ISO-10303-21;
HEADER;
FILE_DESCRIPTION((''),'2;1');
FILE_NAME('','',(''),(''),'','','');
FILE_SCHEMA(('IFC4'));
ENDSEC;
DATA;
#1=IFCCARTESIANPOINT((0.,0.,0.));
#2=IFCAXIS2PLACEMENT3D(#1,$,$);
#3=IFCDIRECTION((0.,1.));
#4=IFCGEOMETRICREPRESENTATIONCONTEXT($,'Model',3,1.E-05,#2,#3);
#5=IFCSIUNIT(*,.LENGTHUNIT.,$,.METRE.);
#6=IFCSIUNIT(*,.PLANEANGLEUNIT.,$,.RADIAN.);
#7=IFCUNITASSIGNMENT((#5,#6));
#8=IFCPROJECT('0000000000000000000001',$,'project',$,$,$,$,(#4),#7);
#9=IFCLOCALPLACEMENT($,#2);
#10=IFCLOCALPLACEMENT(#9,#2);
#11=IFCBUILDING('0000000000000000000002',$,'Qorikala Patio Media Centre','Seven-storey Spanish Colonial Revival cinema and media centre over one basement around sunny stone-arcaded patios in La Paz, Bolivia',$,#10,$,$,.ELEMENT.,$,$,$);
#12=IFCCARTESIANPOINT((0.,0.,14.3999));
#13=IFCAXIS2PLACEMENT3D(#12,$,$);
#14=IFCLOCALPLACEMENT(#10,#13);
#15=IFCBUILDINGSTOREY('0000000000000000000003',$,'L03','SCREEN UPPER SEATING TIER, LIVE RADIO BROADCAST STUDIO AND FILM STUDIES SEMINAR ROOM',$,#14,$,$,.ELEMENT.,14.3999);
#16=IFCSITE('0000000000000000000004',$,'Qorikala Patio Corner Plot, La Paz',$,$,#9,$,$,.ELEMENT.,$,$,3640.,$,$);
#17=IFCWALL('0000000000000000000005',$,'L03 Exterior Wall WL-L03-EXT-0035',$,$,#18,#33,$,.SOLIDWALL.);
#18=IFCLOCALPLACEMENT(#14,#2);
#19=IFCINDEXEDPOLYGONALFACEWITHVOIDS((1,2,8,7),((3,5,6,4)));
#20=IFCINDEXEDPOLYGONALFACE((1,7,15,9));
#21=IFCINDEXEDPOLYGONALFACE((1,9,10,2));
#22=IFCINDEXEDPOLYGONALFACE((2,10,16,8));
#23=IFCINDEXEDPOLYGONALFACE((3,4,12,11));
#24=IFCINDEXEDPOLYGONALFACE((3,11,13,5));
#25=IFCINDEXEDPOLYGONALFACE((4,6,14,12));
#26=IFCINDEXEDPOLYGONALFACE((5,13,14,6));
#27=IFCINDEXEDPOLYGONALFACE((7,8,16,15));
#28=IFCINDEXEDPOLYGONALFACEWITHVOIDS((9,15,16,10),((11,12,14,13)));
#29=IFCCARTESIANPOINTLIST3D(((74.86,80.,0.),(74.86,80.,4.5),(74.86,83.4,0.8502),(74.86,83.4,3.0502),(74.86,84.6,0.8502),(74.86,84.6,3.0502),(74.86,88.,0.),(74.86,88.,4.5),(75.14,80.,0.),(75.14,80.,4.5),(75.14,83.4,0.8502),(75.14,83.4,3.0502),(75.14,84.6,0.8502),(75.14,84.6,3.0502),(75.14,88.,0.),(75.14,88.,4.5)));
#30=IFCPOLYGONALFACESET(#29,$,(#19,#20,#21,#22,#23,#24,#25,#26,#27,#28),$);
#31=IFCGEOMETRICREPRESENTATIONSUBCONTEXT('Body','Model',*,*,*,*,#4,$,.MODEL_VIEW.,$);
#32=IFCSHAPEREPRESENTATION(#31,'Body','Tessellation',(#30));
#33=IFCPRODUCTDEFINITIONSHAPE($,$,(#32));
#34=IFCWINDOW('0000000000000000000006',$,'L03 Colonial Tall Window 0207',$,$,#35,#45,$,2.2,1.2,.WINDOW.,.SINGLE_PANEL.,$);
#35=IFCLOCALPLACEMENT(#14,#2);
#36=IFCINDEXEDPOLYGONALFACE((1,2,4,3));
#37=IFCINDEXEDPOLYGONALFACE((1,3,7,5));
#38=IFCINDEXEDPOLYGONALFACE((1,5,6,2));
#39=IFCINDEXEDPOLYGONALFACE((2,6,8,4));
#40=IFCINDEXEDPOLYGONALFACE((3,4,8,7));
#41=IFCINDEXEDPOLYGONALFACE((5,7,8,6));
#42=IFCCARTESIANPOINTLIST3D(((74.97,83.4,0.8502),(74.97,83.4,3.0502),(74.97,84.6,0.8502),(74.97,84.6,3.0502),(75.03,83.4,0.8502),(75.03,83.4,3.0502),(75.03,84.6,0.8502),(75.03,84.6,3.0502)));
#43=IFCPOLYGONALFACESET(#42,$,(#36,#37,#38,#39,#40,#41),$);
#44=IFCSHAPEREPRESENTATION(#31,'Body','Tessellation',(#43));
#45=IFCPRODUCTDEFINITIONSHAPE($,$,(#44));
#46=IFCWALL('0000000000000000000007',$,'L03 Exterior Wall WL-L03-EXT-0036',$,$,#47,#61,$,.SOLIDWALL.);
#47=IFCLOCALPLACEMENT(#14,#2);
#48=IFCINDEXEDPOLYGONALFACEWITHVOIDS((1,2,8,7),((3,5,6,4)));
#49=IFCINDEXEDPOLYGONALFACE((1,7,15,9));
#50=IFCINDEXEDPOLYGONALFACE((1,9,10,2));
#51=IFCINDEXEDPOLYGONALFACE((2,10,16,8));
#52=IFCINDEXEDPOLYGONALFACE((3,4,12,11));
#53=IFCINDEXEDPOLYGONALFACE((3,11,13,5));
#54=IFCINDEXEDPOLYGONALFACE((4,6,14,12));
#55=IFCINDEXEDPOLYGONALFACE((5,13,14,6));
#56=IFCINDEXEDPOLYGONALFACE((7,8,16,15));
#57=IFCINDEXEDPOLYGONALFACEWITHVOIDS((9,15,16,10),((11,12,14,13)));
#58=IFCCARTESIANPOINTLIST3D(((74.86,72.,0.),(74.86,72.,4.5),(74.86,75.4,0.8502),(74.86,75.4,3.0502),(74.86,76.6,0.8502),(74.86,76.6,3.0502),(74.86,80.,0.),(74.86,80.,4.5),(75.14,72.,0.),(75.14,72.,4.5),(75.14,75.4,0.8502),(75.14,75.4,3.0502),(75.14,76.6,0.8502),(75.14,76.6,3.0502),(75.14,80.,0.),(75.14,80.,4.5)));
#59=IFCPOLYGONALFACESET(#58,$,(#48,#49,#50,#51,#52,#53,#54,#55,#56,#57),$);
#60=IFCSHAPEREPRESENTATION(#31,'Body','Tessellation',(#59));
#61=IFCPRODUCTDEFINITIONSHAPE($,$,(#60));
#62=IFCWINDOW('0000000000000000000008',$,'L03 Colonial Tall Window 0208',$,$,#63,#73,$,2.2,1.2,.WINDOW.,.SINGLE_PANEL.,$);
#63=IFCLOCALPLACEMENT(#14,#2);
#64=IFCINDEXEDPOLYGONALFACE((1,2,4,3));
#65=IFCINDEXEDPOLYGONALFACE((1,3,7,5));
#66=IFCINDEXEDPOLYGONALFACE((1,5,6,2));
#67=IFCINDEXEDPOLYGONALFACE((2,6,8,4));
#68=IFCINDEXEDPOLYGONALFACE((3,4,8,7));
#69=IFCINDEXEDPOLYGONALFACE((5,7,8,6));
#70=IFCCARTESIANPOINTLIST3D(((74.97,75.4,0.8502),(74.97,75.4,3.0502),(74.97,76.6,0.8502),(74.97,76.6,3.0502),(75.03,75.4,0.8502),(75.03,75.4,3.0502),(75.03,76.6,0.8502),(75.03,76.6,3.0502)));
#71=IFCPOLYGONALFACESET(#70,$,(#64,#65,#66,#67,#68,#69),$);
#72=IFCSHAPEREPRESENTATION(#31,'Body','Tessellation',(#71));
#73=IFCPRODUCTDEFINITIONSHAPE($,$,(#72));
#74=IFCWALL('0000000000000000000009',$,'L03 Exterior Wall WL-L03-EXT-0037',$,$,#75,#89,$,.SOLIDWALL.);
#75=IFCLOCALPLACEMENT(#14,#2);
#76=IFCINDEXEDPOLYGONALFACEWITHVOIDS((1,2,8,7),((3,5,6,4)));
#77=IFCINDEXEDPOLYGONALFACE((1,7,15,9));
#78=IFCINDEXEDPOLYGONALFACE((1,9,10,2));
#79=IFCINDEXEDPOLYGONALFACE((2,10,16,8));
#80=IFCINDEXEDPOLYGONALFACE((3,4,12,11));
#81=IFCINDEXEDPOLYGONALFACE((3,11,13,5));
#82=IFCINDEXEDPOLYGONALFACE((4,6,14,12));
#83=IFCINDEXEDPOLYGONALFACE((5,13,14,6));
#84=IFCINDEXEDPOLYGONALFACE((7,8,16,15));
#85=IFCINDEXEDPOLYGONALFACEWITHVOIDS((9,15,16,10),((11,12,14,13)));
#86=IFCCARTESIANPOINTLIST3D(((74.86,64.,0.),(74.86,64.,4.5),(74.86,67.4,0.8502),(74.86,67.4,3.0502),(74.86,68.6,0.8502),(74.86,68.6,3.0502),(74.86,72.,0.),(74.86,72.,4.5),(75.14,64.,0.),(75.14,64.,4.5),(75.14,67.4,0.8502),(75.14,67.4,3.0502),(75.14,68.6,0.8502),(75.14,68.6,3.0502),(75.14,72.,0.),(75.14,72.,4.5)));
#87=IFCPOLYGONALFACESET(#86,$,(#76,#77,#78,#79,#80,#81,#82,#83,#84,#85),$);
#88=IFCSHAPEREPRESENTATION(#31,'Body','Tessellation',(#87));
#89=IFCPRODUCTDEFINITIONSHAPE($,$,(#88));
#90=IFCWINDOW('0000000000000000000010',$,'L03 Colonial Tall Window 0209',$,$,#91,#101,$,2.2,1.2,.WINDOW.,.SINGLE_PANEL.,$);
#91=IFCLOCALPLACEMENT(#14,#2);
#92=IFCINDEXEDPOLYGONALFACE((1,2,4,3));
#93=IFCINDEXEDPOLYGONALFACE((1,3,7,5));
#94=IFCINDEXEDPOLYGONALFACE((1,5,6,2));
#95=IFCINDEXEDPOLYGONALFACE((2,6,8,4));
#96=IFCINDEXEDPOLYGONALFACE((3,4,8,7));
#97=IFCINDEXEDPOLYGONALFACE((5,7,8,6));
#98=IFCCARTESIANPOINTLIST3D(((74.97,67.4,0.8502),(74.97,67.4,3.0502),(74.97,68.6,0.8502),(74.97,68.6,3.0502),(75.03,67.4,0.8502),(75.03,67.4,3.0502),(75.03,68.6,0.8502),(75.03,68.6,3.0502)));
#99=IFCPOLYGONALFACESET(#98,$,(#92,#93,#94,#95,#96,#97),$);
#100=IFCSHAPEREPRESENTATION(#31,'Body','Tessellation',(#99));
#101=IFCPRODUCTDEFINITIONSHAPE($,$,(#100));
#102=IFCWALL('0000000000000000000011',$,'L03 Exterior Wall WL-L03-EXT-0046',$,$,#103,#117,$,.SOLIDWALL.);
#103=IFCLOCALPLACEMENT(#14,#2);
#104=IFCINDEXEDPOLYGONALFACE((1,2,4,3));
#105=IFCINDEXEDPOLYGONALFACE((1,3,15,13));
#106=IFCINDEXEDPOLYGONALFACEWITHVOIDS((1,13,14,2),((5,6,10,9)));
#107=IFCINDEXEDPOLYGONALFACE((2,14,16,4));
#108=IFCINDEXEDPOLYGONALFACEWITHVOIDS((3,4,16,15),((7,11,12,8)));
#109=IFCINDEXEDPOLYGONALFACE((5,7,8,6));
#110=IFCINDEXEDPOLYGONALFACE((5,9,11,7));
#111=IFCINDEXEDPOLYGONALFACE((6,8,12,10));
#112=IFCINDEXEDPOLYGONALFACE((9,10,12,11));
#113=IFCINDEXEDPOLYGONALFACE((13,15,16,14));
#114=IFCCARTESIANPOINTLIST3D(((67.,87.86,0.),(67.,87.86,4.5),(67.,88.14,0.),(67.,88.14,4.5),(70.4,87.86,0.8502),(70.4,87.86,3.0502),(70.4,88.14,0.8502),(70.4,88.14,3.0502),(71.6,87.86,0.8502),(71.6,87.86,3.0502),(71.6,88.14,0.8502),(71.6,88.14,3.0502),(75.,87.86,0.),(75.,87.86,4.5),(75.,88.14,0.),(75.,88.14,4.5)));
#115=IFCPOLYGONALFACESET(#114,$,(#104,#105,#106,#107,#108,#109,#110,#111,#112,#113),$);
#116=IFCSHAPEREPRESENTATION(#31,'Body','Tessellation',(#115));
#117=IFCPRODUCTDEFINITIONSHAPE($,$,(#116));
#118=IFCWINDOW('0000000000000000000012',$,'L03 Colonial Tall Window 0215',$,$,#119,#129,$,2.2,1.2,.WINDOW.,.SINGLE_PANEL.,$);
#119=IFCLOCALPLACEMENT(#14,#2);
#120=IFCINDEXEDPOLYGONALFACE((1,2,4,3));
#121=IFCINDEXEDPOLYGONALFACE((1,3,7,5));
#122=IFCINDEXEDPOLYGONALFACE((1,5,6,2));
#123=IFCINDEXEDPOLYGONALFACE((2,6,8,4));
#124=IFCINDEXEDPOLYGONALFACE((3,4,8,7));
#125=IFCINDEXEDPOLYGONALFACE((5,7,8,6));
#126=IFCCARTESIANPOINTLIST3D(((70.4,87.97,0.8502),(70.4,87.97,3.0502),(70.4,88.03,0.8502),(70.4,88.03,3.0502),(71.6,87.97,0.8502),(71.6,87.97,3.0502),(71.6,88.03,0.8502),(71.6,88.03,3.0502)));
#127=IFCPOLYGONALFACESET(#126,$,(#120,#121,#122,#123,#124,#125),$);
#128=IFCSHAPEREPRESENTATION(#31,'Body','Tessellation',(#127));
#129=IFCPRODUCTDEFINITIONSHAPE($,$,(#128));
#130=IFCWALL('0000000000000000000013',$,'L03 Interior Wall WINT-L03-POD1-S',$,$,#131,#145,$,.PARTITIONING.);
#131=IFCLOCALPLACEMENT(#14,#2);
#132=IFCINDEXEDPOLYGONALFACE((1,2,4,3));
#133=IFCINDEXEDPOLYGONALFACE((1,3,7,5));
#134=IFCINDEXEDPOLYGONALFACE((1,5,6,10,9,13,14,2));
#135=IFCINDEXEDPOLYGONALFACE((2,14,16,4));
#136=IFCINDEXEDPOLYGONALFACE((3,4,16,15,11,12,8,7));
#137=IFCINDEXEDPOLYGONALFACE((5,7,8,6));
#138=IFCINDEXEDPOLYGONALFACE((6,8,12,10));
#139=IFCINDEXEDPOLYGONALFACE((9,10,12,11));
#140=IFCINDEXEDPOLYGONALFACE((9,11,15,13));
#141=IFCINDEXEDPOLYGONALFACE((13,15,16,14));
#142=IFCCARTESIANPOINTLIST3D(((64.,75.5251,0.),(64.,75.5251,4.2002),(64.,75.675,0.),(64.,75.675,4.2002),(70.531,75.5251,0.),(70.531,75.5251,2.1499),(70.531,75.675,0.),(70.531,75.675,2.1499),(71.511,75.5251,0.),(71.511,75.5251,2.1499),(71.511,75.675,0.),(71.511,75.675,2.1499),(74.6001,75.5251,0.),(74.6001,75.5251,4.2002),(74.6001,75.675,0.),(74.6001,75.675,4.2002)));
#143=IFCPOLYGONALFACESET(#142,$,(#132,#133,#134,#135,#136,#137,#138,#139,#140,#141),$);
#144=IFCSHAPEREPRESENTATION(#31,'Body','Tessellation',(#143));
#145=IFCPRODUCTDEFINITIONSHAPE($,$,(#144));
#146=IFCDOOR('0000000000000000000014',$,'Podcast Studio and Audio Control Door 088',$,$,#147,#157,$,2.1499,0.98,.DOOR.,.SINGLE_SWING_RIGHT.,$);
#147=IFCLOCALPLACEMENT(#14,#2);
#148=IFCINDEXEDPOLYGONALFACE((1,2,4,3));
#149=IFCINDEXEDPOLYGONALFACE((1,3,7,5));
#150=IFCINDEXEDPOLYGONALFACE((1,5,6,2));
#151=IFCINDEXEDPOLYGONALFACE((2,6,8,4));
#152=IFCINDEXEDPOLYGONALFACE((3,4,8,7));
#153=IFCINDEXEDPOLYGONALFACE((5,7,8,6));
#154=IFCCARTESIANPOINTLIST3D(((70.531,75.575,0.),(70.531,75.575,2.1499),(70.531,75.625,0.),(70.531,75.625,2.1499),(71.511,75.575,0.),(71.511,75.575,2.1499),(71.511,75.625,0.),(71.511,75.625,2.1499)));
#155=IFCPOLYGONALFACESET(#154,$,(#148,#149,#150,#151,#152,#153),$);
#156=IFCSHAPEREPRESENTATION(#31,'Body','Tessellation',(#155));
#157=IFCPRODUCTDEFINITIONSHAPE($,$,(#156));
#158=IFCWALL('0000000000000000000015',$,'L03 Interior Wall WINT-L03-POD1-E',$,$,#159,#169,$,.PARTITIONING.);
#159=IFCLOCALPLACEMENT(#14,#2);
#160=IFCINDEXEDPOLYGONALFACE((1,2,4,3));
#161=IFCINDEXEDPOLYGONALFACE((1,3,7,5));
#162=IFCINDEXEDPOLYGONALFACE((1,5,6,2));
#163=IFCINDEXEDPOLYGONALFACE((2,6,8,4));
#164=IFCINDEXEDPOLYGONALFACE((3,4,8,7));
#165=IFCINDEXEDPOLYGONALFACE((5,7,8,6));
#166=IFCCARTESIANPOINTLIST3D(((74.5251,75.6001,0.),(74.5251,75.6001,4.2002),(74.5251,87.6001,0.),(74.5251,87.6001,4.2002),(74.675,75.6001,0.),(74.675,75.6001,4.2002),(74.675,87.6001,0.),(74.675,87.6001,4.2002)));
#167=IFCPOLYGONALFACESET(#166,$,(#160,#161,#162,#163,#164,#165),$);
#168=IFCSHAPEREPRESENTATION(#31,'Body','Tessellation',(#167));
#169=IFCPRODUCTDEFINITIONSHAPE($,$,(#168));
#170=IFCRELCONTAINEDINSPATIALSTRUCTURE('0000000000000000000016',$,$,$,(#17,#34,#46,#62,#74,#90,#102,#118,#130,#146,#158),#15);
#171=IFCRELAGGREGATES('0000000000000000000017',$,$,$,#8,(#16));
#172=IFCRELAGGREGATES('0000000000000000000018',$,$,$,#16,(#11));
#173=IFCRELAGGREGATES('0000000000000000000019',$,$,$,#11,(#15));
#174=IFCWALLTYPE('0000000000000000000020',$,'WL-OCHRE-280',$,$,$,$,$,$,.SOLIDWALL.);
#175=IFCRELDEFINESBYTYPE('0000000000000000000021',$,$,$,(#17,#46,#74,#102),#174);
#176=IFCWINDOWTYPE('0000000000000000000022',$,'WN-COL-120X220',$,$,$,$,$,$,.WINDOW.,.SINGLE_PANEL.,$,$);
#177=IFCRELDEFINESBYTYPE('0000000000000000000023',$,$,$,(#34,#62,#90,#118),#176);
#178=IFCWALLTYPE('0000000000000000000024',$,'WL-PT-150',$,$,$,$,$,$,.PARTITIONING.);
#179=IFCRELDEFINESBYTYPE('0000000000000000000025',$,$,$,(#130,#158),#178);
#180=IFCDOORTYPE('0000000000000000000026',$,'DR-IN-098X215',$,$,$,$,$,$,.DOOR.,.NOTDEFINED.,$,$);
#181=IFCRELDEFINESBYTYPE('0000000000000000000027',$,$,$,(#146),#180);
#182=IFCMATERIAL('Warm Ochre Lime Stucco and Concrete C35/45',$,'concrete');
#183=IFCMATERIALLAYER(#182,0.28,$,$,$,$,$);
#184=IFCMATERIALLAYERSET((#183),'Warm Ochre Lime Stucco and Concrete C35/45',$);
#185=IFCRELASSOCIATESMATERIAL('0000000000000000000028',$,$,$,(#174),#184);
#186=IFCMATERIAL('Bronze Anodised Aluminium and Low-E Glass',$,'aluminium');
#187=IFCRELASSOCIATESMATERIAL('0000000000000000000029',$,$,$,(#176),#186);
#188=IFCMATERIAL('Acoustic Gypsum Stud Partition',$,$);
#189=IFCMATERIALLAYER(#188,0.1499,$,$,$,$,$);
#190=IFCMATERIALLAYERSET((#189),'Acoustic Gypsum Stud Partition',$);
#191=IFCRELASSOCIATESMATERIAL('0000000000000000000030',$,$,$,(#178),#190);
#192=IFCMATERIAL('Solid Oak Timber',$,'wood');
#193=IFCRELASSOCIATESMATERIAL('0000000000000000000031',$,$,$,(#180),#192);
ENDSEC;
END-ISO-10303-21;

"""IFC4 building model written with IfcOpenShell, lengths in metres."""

from ifc_helpers import new_model, si_unit, direction, frame, frame_2d, origin, place, context, subcontext, project, spatial, rectangle, extrude, material, layer, layer_set, type_object, element, fill, save


model = new_model("IFC4")

# Units and contexts
model_context = context("Model", 3, precision=1e-05, world=origin(), true_north=direction((0.0, 1.0)))
body_context = subcontext(model_context, "Body", "Model", "MODEL_VIEW")
ifc_project = project(units=[si_unit("LENGTHUNIT", "METRE"), si_unit("PLANEANGLEUNIT", "RADIAN")], contexts=[model_context])

# Site, building, storey
site_placement = place(None, origin())
site = spatial("IfcSite", under=ifc_project, at=site_placement, Name="Qorikala Patio Corner Plot, La Paz", CompositionType="ELEMENT", RefElevation=3640.0)
building_placement = place(site_placement, origin())
building = spatial("IfcBuilding", under=site, at=building_placement, Name="Qorikala Patio Media Centre", Description="Seven-storey Spanish Colonial Revival cinema and media centre over one basement around sunny stone-arcaded patios in La Paz, Bolivia", CompositionType="ELEMENT")
storey_placement = place(building_placement, frame((0.0, 0.0, 14.3999)))
storey = spatial("IfcBuildingStorey", under=building, at=storey_placement, Name="L03", Description="SCREEN UPPER SEATING TIER, LIVE RADIO BROADCAST STUDIO AND FILM STUDIES SEMINAR ROOM", CompositionType="ELEMENT", Elevation=14.3999)

# Walls, openings, windows
ifc_material_1 = material(Name="Warm Ochre Lime Stucco and Concrete C35/45", Category="concrete")
ifc_layer_1 = layer(ifc_material_1, 0.28)
ifc_layer_set_1 = layer_set([ifc_layer_1], Name="Warm Ochre Lime Stucco and Concrete C35/45")
wall_type_1 = type_object("IfcWallType", Name="WL-OCHRE-280", PredefinedType="SOLIDWALL", material=ifc_layer_set_1)
wall_1_placement = place(storey_placement, frame((75.0, 88.0, 0.0), z_axis=(0.0, 0.0, 1.0), x_axis=(0.0, -1.0, 0.0)))
wall_1 = element("IfcWall", 1, at=wall_1_placement, inside=storey, type_object=wall_type_1, Name="L03 Exterior Wall WL-L03-EXT-0035", PredefinedType="SOLIDWALL", context=body_context, shape_type="SweptSolid", body=[
    extrude(rectangle(XDim=8.0, YDim=0.28, at=frame_2d((4.0, 0.0))), origin(), (0.0, 0.0, 1.0), 4.5),
])
opening_1_placement = place(wall_1_placement, frame((3.3999, 0.0, 0.8501)))
opening_1 = element("IfcOpeningElement", 2, at=opening_1_placement, cuts=wall_1, PredefinedType="OPENING", context=body_context, shape_type="SweptSolid", body=[
    extrude(rectangle(XDim=1.2, YDim=2.2, at=frame_2d((0.6001, 1.1001))), frame((0.0, 0.1499, 0.0), z_axis=(0.0, -1.0, 0.0), x_axis=(1.0, 0.0, 0.0)), (0.0, 0.0, 1.0), 0.3),
])
ifc_material_2 = material(Name="Bronze Anodised Aluminium and Low-E Glass", Category="aluminium")
window_type = type_object("IfcWindowType", Name="WN-COL-120X220", PartitioningType="SINGLE_PANEL", PredefinedType="WINDOW", material=ifc_material_2)
window_1_placement = place(opening_1_placement, origin())
window_1 = element("IfcWindow", 3, at=window_1_placement, inside=storey, type_object=window_type, Name="L03 Colonial Tall Window 0207", OverallHeight=2.2, OverallWidth=1.2, PartitioningType="SINGLE_PANEL", PredefinedType="WINDOW", context=body_context, shape_type="SweptSolid", body=[
    extrude(rectangle(XDim=1.2, YDim=2.2, at=frame_2d((0.6001, 1.1001))), frame((0.0, 0.03, 0.0), z_axis=(0.0, -1.0, 0.0), x_axis=(1.0, 0.0, 0.0)), (0.0, 0.0, 1.0), 0.0601),
])
fill(opening_1, window_1)
wall_2_placement = place(storey_placement, frame((75.0, 80.0, 0.0), z_axis=(0.0, 0.0, 1.0), x_axis=(0.0, -1.0, 0.0)))
wall_2 = element("IfcWall", 4, at=wall_2_placement, inside=storey, type_object=wall_type_1, Name="L03 Exterior Wall WL-L03-EXT-0036", PredefinedType="SOLIDWALL", context=body_context, shape_type="SweptSolid", body=[
    extrude(rectangle(XDim=8.0, YDim=0.28, at=frame_2d((4.0, 0.0))), origin(), (0.0, 0.0, 1.0), 4.5),
])
opening_2_placement = place(wall_2_placement, frame((3.3999, 0.0, 0.8501)))
opening_2 = element("IfcOpeningElement", 5, at=opening_2_placement, cuts=wall_2, PredefinedType="OPENING", context=body_context, shape_type="SweptSolid", body=[
    extrude(rectangle(XDim=1.2, YDim=2.2, at=frame_2d((0.6001, 1.1001))), frame((0.0, 0.1499, 0.0), z_axis=(0.0, -1.0, 0.0), x_axis=(1.0, 0.0, 0.0)), (0.0, 0.0, 1.0), 0.3),
])
window_2_placement = place(opening_2_placement, origin())
window_2 = element("IfcWindow", 6, at=window_2_placement, inside=storey, type_object=window_type, Name="L03 Colonial Tall Window 0208", OverallHeight=2.2, OverallWidth=1.2, PartitioningType="SINGLE_PANEL", PredefinedType="WINDOW", context=body_context, shape_type="SweptSolid", body=[
    extrude(rectangle(XDim=1.2, YDim=2.2, at=frame_2d((0.6001, 1.1001))), frame((0.0, 0.03, 0.0), z_axis=(0.0, -1.0, 0.0), x_axis=(1.0, 0.0, 0.0)), (0.0, 0.0, 1.0), 0.0601),
])
fill(opening_2, window_2)
wall_3_placement = place(storey_placement, frame((75.0, 72.0, 0.0), z_axis=(0.0, 0.0, 1.0), x_axis=(0.0, -1.0, 0.0)))
wall_3 = element("IfcWall", 7, at=wall_3_placement, inside=storey, type_object=wall_type_1, Name="L03 Exterior Wall WL-L03-EXT-0037", PredefinedType="SOLIDWALL", context=body_context, shape_type="SweptSolid", body=[
    extrude(rectangle(XDim=8.0, YDim=0.28, at=frame_2d((4.0, 0.0))), origin(), (0.0, 0.0, 1.0), 4.5),
])
opening_3_placement = place(wall_3_placement, frame((3.3999, 0.0, 0.8501)))
opening_3 = element("IfcOpeningElement", 8, at=opening_3_placement, cuts=wall_3, PredefinedType="OPENING", context=body_context, shape_type="SweptSolid", body=[
    extrude(rectangle(XDim=1.2, YDim=2.2, at=frame_2d((0.6001, 1.1001))), frame((0.0, 0.1499, 0.0), z_axis=(0.0, -1.0, 0.0), x_axis=(1.0, 0.0, 0.0)), (0.0, 0.0, 1.0), 0.3),
])
window_3_placement = place(opening_3_placement, origin())
window_3 = element("IfcWindow", 9, at=window_3_placement, inside=storey, type_object=window_type, Name="L03 Colonial Tall Window 0209", OverallHeight=2.2, OverallWidth=1.2, PartitioningType="SINGLE_PANEL", PredefinedType="WINDOW", context=body_context, shape_type="SweptSolid", body=[
    extrude(rectangle(XDim=1.2, YDim=2.2, at=frame_2d((0.6001, 1.1001))), frame((0.0, 0.03, 0.0), z_axis=(0.0, -1.0, 0.0), x_axis=(1.0, 0.0, 0.0)), (0.0, 0.0, 1.0), 0.0601),
])
fill(opening_3, window_3)
wall_4_placement = place(storey_placement, frame((67.0, 88.0, 0.0), z_axis=(0.0, 0.0, 1.0), x_axis=(1.0, 0.0, 0.0)))
wall_4 = element("IfcWall", 10, at=wall_4_placement, inside=storey, type_object=wall_type_1, Name="L03 Exterior Wall WL-L03-EXT-0046", PredefinedType="SOLIDWALL", context=body_context, shape_type="SweptSolid", body=[
    extrude(rectangle(XDim=8.0, YDim=0.28, at=frame_2d((4.0, 0.0))), origin(), (0.0, 0.0, 1.0), 4.5),
])
opening_4_placement = place(wall_4_placement, frame((3.3999, 0.0, 0.8501)))
opening_4 = element("IfcOpeningElement", 11, at=opening_4_placement, cuts=wall_4, PredefinedType="OPENING", context=body_context, shape_type="SweptSolid", body=[
    extrude(rectangle(XDim=1.2, YDim=2.2, at=frame_2d((0.6001, 1.1001))), frame((0.0, 0.1499, 0.0), z_axis=(0.0, -1.0, 0.0), x_axis=(1.0, 0.0, 0.0)), (0.0, 0.0, 1.0), 0.3),
])
window_4_placement = place(opening_4_placement, origin())
window_4 = element("IfcWindow", 12, at=window_4_placement, inside=storey, type_object=window_type, Name="L03 Colonial Tall Window 0215", OverallHeight=2.2, OverallWidth=1.2, PartitioningType="SINGLE_PANEL", PredefinedType="WINDOW", context=body_context, shape_type="SweptSolid", body=[
    extrude(rectangle(XDim=1.2, YDim=2.2, at=frame_2d((0.6001, 1.1001))), frame((0.0, 0.03, 0.0), z_axis=(0.0, -1.0, 0.0), x_axis=(1.0, 0.0, 0.0)), (0.0, 0.0, 1.0), 0.0601),
])
fill(opening_4, window_4)

# Wall, opening, door
ifc_material_3 = material(Name="Acoustic Gypsum Stud Partition")
ifc_layer_2 = layer(ifc_material_3, 0.1499)
ifc_layer_set_2 = layer_set([ifc_layer_2], Name="Acoustic Gypsum Stud Partition")
wall_type_2 = type_object("IfcWallType", Name="WL-PT-150", PredefinedType="PARTITIONING", material=ifc_layer_set_2)
wall_5_placement = place(storey_placement, frame((64.0, 75.6001, 0.0), z_axis=(0.0, 0.0, 1.0), x_axis=(1.0, 0.0, 0.0)))
wall_5 = element("IfcWall", 13, at=wall_5_placement, inside=storey, type_object=wall_type_2, Name="L03 Interior Wall WINT-L03-POD1-S", PredefinedType="PARTITIONING", context=body_context, shape_type="SweptSolid", body=[
    extrude(rectangle(XDim=10.6001, YDim=0.1499, at=frame_2d((5.3, 0.0))), origin(), (0.0, 0.0, 1.0), 4.2002),
])
opening_5_placement = place(wall_5_placement, frame((6.531, 0.0, 0.0)))
opening_5 = element("IfcOpeningElement", 14, at=opening_5_placement, cuts=wall_5, PredefinedType="OPENING", context=body_context, shape_type="SweptSolid", body=[
    extrude(rectangle(XDim=0.98, YDim=2.1499, at=frame_2d((0.49, 1.075))), frame((0.0, 0.085, 0.0), z_axis=(0.0, -1.0, 0.0), x_axis=(1.0, 0.0, 0.0)), (0.0, 0.0, 1.0), 0.1699),
])
ifc_material_4 = material(Name="Solid Oak Timber", Category="wood")
door_type_1 = type_object("IfcDoorType", Name="DR-IN-098X215", OperationType="NOTDEFINED", PredefinedType="DOOR", material=ifc_material_4)
door_1_placement = place(opening_5_placement, origin())
door_1 = element("IfcDoor", 15, at=door_1_placement, inside=storey, type_object=door_type_1, Name="Podcast Studio and Audio Control Door 088", OperationType="SINGLE_SWING_RIGHT", OverallHeight=2.1499, OverallWidth=0.98, PredefinedType="DOOR", context=body_context, shape_type="SweptSolid", body=[
    extrude(rectangle(XDim=0.98, YDim=2.1499, at=frame_2d((0.49, 1.075))), frame((0.0, 0.0249, 0.0), z_axis=(0.0, -1.0, 0.0), x_axis=(1.0, 0.0, 0.0)), (0.0, 0.0, 1.0), 0.05),
])
fill(opening_5, door_1)

# Wall
wall_6_placement = place(storey_placement, frame((74.6001, 75.6001, 0.0), z_axis=(0.0, 0.0, 1.0), x_axis=(0.0, 1.0, 0.0)))
element("IfcWall", 16, at=wall_6_placement, inside=storey, type_object=wall_type_2, Name="L03 Interior Wall WINT-L03-POD1-E", PredefinedType="PARTITIONING", context=body_context, shape_type="SweptSolid", body=[
    extrude(rectangle(XDim=12.0, YDim=0.1499, at=frame_2d((6.0, 0.0))), origin(), (0.0, 0.0, 1.0), 4.2002),
])

save(model, "model.ifc")
